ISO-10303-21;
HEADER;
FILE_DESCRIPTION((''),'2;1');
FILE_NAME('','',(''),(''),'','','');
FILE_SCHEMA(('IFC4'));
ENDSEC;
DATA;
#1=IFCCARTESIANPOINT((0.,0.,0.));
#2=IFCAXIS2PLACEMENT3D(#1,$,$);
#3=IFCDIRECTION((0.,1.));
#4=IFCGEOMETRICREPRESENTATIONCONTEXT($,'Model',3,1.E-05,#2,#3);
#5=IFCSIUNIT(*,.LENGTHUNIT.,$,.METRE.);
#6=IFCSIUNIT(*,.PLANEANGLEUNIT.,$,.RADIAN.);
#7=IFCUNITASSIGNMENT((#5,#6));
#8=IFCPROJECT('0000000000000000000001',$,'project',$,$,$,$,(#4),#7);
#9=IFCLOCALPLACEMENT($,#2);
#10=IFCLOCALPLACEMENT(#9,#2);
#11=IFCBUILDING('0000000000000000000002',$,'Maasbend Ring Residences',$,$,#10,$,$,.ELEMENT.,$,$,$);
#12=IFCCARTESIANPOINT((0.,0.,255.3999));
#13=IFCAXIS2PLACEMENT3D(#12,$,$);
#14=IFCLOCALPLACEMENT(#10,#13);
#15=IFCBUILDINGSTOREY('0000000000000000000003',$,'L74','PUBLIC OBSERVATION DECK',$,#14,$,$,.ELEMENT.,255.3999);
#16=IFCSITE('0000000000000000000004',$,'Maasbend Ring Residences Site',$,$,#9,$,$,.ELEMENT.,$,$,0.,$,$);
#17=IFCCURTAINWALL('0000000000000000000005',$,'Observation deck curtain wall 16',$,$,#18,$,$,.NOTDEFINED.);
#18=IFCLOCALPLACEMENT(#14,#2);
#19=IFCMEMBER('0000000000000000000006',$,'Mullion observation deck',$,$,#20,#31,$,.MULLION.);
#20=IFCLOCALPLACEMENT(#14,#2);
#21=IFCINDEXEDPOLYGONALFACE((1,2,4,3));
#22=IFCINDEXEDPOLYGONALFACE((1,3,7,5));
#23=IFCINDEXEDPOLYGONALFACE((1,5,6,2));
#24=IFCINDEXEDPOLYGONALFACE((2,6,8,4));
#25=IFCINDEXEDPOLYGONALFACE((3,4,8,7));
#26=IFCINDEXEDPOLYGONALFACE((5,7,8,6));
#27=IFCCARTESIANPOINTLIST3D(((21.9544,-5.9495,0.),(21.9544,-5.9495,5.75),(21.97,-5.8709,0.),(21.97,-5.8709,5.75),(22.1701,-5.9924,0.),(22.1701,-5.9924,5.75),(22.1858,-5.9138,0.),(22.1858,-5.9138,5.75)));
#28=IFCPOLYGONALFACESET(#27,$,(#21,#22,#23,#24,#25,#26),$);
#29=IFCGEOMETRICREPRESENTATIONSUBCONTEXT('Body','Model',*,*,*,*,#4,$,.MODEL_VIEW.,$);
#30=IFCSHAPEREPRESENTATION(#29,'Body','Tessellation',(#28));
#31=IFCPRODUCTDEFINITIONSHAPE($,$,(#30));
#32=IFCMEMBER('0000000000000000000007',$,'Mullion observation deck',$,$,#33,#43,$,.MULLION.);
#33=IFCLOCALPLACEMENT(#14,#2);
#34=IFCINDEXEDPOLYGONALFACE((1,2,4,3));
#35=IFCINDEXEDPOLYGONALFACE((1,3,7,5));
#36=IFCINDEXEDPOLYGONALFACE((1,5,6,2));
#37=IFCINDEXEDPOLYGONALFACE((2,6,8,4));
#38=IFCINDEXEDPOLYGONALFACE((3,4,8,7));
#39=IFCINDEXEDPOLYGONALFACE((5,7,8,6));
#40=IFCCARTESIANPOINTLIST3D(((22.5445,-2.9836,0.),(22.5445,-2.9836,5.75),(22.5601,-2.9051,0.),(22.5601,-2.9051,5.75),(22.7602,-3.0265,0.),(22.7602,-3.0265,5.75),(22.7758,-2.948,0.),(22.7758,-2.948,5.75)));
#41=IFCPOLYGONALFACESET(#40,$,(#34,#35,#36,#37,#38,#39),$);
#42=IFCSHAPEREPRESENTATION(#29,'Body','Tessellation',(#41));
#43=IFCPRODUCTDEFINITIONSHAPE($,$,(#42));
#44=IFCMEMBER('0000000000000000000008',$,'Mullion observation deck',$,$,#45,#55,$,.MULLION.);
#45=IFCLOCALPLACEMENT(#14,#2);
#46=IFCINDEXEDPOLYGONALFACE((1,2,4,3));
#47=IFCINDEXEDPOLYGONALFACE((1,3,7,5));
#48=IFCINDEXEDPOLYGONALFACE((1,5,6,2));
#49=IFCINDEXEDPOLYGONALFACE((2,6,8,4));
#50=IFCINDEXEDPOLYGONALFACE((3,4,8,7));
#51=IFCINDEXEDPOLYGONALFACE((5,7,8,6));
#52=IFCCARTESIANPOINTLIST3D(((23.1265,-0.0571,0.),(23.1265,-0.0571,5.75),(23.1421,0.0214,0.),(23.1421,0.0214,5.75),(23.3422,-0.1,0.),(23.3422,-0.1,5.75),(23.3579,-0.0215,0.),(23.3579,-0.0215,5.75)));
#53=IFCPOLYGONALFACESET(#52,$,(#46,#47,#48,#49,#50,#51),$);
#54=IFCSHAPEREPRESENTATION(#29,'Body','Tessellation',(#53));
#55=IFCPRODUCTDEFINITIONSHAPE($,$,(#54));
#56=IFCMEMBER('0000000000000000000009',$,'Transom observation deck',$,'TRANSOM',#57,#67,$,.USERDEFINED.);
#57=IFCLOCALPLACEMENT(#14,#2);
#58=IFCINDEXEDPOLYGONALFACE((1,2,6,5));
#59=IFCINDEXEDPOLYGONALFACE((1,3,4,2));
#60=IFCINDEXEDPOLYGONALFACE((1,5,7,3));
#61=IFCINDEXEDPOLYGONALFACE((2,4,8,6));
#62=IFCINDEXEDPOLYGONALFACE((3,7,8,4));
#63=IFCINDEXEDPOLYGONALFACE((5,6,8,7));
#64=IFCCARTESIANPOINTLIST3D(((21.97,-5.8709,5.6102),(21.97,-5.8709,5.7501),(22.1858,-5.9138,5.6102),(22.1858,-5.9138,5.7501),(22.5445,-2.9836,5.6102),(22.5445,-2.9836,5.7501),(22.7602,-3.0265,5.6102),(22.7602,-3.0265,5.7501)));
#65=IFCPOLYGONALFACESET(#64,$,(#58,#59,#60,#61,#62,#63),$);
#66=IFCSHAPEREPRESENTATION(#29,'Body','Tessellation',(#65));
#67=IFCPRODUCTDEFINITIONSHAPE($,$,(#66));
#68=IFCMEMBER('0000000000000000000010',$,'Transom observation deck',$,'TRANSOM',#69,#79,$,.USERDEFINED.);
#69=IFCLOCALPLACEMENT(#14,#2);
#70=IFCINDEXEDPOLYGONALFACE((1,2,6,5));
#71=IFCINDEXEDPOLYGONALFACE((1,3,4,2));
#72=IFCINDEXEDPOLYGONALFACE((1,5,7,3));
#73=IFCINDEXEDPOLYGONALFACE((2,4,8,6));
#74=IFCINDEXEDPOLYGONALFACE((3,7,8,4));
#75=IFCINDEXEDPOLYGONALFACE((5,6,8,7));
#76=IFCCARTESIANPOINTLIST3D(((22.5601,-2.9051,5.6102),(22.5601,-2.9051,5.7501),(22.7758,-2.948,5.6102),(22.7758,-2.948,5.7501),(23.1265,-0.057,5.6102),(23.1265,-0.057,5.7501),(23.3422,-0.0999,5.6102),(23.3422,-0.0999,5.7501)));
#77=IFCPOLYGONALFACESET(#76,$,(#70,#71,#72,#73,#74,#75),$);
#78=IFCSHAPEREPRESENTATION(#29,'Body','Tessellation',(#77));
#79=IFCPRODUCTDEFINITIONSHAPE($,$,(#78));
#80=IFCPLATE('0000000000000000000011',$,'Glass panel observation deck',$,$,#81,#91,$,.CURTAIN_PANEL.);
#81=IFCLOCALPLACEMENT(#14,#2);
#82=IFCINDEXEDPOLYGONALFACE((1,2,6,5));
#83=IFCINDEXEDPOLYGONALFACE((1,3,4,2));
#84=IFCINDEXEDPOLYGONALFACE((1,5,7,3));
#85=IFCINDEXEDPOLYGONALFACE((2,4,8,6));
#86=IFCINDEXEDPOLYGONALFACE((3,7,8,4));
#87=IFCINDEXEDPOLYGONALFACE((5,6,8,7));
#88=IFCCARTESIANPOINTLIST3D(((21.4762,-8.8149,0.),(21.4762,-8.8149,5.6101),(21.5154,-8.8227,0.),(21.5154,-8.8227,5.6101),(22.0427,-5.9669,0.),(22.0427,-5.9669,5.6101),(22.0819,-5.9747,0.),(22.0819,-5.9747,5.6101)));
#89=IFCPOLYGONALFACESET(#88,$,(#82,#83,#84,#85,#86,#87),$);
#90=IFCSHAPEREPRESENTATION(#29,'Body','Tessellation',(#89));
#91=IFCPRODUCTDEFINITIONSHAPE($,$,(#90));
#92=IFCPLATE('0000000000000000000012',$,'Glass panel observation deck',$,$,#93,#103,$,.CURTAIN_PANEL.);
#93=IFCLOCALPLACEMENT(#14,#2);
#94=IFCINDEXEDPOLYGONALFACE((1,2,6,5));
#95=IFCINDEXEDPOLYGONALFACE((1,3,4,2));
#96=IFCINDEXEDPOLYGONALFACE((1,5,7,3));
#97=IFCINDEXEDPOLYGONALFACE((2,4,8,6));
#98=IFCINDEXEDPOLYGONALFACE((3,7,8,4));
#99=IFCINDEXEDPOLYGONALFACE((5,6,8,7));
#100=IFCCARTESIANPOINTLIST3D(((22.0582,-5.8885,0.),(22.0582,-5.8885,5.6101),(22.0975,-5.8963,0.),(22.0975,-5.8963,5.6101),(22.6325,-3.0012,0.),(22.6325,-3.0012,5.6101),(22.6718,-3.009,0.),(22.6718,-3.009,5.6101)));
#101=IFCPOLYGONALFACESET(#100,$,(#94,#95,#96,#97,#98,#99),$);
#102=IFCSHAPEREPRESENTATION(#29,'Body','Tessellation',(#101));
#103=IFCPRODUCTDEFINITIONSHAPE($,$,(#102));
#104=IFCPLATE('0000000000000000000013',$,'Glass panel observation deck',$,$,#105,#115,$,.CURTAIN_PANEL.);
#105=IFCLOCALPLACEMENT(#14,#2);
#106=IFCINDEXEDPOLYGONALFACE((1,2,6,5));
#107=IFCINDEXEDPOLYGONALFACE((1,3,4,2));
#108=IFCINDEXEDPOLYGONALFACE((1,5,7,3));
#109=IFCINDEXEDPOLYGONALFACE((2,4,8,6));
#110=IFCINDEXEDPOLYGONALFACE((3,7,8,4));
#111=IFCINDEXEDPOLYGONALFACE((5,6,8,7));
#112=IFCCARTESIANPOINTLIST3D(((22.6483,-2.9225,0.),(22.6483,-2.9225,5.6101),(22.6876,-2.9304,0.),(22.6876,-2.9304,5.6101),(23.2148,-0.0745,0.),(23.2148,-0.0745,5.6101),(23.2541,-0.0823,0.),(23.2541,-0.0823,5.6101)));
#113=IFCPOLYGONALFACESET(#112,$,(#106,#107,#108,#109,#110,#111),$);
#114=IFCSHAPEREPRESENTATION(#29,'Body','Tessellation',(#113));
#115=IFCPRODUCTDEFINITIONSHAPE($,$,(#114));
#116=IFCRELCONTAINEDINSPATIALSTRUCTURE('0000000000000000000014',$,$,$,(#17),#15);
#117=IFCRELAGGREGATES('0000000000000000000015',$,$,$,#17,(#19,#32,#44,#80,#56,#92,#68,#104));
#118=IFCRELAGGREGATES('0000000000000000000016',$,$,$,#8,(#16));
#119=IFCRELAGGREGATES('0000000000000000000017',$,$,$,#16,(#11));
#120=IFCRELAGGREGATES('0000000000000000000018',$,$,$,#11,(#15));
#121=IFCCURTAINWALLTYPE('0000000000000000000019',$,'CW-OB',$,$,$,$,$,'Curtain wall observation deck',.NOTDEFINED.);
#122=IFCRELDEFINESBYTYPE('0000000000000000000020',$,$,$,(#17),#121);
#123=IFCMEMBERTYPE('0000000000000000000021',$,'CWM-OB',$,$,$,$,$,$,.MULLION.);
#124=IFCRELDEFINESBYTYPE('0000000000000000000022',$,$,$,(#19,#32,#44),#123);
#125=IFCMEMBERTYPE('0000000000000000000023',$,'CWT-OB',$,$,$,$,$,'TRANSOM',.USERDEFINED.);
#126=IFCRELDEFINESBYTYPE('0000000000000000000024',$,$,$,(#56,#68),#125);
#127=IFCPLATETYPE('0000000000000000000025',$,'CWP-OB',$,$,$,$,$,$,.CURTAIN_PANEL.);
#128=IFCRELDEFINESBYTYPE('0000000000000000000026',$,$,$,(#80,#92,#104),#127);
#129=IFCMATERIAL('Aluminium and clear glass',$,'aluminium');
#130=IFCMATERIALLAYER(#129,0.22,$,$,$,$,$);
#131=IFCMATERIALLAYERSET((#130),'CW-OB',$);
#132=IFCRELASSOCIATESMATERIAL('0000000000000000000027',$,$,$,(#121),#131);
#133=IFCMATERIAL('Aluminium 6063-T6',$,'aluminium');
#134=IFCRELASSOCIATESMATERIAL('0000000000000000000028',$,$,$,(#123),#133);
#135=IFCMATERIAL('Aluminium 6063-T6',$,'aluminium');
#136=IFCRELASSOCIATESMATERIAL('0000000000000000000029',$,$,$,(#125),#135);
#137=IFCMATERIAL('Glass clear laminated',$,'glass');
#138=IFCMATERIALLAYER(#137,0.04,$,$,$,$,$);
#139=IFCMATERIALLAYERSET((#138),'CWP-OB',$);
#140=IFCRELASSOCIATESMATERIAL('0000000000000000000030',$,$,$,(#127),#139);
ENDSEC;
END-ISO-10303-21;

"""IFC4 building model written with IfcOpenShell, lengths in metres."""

from ifc_helpers import new_model, si_unit, direction, frame, origin, origin_2d, place, context, subcontext, project, spatial, rectangle, extrude, material, layer, layer_set, material_profile, profile_set, type_object, element, aggregate, save


model = new_model("IFC4")

# Units and contexts
model_context = context("Model", 3, precision=1e-05, world=origin(), true_north=direction((0.0, 1.0)))
body_context = subcontext(model_context, "Body", "Model", "MODEL_VIEW")
ifc_project = project(units=[si_unit("LENGTHUNIT", "METRE"), si_unit("PLANEANGLEUNIT", "RADIAN")], contexts=[model_context])

# Site, building, storey
site_placement = place(None, origin())
site = spatial("IfcSite", under=ifc_project, at=site_placement, Name="Maasbend Ring Residences Site", CompositionType="ELEMENT", RefElevation=0.0)
building_placement = place(site_placement, origin())
building = spatial("IfcBuilding", under=site, at=building_placement, Name="Maasbend Ring Residences", CompositionType="ELEMENT")
storey_placement = place(building_placement, frame((0.0, 0.0, 255.3999)))
storey = spatial("IfcBuildingStorey", under=building, at=storey_placement, Name="L74", Description="PUBLIC OBSERVATION DECK", CompositionType="ELEMENT", Elevation=255.3999)

# Curtain wall, members, plates
ifc_material_1 = material(Name="Aluminium and clear glass", Category="aluminium")
ifc_layer_1 = layer(ifc_material_1, 0.22)
ifc_layer_set_1 = layer_set([ifc_layer_1], Name="CW-OB")
curtain_wall_type = type_object("IfcCurtainWallType", Name="CW-OB", ElementType="Curtain wall observation deck", PredefinedType="NOTDEFINED", material=ifc_layer_set_1)
curtain_wall_placement = place(storey_placement, origin())
curtain_wall = element("IfcCurtainWall", 1, at=curtain_wall_placement, inside=storey, type_object=curtain_wall_type, Name="Observation deck curtain wall 16", PredefinedType="NOTDEFINED")
ifc_material_2 = material(Name="Aluminium 6063-T6", Category="aluminium")
ifc_material_profile_1 = material_profile(ifc_material_2, rectangle(XDim=0.22, YDim=0.0801, at=origin_2d()), Name="AL 220x80")
ifc_profile_set_1 = profile_set([ifc_material_profile_1], Name="Aluminium 6063-T6")
member_type_1 = type_object("IfcMemberType", Name="CWM-OB", PredefinedType="MULLION", material=ifc_profile_set_1)
member_1_placement = place(storey_placement, frame((22.0701, -5.9316, 0.0), z_axis=(0.0, 0.0, 1.0), x_axis=(-0.980785, 0.19509, 0.0)))
member_1 = element("IfcMember", 2, at=member_1_placement, type_object=member_type_1, Name="Mullion observation deck", PredefinedType="MULLION", context=body_context, shape_type="SweptSolid", body=[
    extrude(rectangle(XDim=0.22, YDim=0.0801, at=origin_2d()), origin(), (0.0, 0.0, 1.0), 5.75),
])
member_2_placement = place(storey_placement, frame((22.6602, -2.9658, 0.0), z_axis=(0.0, 0.0, 1.0), x_axis=(-0.980785, 0.19509, 0.0)))
member_2 = element("IfcMember", 3, at=member_2_placement, type_object=member_type_1, Name="Mullion observation deck", PredefinedType="MULLION", context=body_context, shape_type="SweptSolid", body=[
    extrude(rectangle(XDim=0.22, YDim=0.0801, at=origin_2d()), origin(), (0.0, 0.0, 1.0), 5.75),
])
member_3_placement = place(storey_placement, frame((23.2422, -0.0393, 0.0), z_axis=(0.0, 0.0, 1.0), x_axis=(-0.980785, 0.19509, 0.0)))
member_3 = element("IfcMember", 4, at=member_3_placement, type_object=member_type_1, Name="Mullion observation deck", PredefinedType="MULLION", context=body_context, shape_type="SweptSolid", body=[
    extrude(rectangle(XDim=0.22, YDim=0.0801, at=origin_2d()), origin(), (0.0, 0.0, 1.0), 5.75),
])
ifc_material_3 = material(Name="Aluminium 6063-T6", Category="aluminium")
ifc_material_profile_2 = material_profile(ifc_material_3, rectangle(XDim=0.22, YDim=0.1399, at=origin_2d()), Name="AL 220x140")
ifc_profile_set_2 = profile_set([ifc_material_profile_2], Name="Aluminium 6063-T6")
member_type_2 = type_object("IfcMemberType", Name="CWT-OB", ElementType="TRANSOM", PredefinedType="USERDEFINED", material=ifc_profile_set_2)
member_4_placement = place(storey_placement, frame((22.0779, -5.8923, 5.6802), z_axis=(0.195143, 0.980775, 0.0), x_axis=(-0.980775, 0.195143, 0.0)))
member_4 = element("IfcMember", 5, at=member_4_placement, type_object=member_type_2, Name="Transom observation deck", ObjectType="TRANSOM", PredefinedType="USERDEFINED", context=body_context, shape_type="SweptSolid", body=[
    extrude(rectangle(XDim=0.22, YDim=0.1399, at=origin_2d()), origin(), (0.0, 0.0, 1.0), 2.9438),
])
member_5_placement = place(storey_placement, frame((22.668, -2.9265, 5.6802), z_axis=(0.195049, 0.980794, 0.0), x_axis=(-0.980794, 0.195049, 0.0)))
member_5 = element("IfcMember", 6, at=member_5_placement, type_object=member_type_2, Name="Transom observation deck", ObjectType="TRANSOM", PredefinedType="USERDEFINED", context=body_context, shape_type="SweptSolid", body=[
    extrude(rectangle(XDim=0.22, YDim=0.1399, at=origin_2d()), origin(), (0.0, 0.0, 1.0), 2.9038),
])
ifc_material_4 = material(Name="Glass clear laminated", Category="glass")
ifc_layer_2 = layer(ifc_material_4, 0.04)
ifc_layer_set_2 = layer_set([ifc_layer_2], Name="CWP-OB")
plate_type = type_object("IfcPlateType", Name="CWP-OB", PredefinedType="CURTAIN_PANEL", material=ifc_layer_set_2)
plate_1_placement = place(storey_placement, frame((21.7791, -7.3948, 0.0), z_axis=(0.0, 0.0, 1.0), x_axis=(0.19509, 0.980785, 0.0)))
plate_1 = element("IfcPlate", 7, at=plate_1_placement, type_object=plate_type, Name="Glass panel observation deck", PredefinedType="CURTAIN_PANEL", context=body_context, shape_type="SweptSolid", body=[
    extrude(rectangle(XDim=2.9038, YDim=0.04, at=origin_2d()), origin(), (0.0, 0.0, 1.0), 5.6101),
])
plate_2_placement = place(storey_placement, frame((22.365, -4.4487, 0.0), z_axis=(0.0, 0.0, 1.0), x_axis=(0.19509, 0.980785, 0.0)))
plate_2 = element("IfcPlate", 8, at=plate_2_placement, type_object=plate_type, Name="Glass panel observation deck", PredefinedType="CURTAIN_PANEL", context=body_context, shape_type="SweptSolid", body=[
    extrude(rectangle(XDim=2.9438, YDim=0.04, at=origin_2d()), origin(), (0.0, 0.0, 1.0), 5.6101),
])
plate_3_placement = place(storey_placement, frame((22.9512, -1.5024, 0.0), z_axis=(0.0, 0.0, 1.0), x_axis=(0.19509, 0.980785, 0.0)))
plate_3 = element("IfcPlate", 9, at=plate_3_placement, type_object=plate_type, Name="Glass panel observation deck", PredefinedType="CURTAIN_PANEL", context=body_context, shape_type="SweptSolid", body=[
    extrude(rectangle(XDim=2.9038, YDim=0.04, at=origin_2d()), origin(), (0.0, 0.0, 1.0), 5.6101),
])
aggregate(curtain_wall, [member_1, member_2, member_3, plate_1, member_4, plate_2, member_5, plate_3])

save(model, "model.ifc")
